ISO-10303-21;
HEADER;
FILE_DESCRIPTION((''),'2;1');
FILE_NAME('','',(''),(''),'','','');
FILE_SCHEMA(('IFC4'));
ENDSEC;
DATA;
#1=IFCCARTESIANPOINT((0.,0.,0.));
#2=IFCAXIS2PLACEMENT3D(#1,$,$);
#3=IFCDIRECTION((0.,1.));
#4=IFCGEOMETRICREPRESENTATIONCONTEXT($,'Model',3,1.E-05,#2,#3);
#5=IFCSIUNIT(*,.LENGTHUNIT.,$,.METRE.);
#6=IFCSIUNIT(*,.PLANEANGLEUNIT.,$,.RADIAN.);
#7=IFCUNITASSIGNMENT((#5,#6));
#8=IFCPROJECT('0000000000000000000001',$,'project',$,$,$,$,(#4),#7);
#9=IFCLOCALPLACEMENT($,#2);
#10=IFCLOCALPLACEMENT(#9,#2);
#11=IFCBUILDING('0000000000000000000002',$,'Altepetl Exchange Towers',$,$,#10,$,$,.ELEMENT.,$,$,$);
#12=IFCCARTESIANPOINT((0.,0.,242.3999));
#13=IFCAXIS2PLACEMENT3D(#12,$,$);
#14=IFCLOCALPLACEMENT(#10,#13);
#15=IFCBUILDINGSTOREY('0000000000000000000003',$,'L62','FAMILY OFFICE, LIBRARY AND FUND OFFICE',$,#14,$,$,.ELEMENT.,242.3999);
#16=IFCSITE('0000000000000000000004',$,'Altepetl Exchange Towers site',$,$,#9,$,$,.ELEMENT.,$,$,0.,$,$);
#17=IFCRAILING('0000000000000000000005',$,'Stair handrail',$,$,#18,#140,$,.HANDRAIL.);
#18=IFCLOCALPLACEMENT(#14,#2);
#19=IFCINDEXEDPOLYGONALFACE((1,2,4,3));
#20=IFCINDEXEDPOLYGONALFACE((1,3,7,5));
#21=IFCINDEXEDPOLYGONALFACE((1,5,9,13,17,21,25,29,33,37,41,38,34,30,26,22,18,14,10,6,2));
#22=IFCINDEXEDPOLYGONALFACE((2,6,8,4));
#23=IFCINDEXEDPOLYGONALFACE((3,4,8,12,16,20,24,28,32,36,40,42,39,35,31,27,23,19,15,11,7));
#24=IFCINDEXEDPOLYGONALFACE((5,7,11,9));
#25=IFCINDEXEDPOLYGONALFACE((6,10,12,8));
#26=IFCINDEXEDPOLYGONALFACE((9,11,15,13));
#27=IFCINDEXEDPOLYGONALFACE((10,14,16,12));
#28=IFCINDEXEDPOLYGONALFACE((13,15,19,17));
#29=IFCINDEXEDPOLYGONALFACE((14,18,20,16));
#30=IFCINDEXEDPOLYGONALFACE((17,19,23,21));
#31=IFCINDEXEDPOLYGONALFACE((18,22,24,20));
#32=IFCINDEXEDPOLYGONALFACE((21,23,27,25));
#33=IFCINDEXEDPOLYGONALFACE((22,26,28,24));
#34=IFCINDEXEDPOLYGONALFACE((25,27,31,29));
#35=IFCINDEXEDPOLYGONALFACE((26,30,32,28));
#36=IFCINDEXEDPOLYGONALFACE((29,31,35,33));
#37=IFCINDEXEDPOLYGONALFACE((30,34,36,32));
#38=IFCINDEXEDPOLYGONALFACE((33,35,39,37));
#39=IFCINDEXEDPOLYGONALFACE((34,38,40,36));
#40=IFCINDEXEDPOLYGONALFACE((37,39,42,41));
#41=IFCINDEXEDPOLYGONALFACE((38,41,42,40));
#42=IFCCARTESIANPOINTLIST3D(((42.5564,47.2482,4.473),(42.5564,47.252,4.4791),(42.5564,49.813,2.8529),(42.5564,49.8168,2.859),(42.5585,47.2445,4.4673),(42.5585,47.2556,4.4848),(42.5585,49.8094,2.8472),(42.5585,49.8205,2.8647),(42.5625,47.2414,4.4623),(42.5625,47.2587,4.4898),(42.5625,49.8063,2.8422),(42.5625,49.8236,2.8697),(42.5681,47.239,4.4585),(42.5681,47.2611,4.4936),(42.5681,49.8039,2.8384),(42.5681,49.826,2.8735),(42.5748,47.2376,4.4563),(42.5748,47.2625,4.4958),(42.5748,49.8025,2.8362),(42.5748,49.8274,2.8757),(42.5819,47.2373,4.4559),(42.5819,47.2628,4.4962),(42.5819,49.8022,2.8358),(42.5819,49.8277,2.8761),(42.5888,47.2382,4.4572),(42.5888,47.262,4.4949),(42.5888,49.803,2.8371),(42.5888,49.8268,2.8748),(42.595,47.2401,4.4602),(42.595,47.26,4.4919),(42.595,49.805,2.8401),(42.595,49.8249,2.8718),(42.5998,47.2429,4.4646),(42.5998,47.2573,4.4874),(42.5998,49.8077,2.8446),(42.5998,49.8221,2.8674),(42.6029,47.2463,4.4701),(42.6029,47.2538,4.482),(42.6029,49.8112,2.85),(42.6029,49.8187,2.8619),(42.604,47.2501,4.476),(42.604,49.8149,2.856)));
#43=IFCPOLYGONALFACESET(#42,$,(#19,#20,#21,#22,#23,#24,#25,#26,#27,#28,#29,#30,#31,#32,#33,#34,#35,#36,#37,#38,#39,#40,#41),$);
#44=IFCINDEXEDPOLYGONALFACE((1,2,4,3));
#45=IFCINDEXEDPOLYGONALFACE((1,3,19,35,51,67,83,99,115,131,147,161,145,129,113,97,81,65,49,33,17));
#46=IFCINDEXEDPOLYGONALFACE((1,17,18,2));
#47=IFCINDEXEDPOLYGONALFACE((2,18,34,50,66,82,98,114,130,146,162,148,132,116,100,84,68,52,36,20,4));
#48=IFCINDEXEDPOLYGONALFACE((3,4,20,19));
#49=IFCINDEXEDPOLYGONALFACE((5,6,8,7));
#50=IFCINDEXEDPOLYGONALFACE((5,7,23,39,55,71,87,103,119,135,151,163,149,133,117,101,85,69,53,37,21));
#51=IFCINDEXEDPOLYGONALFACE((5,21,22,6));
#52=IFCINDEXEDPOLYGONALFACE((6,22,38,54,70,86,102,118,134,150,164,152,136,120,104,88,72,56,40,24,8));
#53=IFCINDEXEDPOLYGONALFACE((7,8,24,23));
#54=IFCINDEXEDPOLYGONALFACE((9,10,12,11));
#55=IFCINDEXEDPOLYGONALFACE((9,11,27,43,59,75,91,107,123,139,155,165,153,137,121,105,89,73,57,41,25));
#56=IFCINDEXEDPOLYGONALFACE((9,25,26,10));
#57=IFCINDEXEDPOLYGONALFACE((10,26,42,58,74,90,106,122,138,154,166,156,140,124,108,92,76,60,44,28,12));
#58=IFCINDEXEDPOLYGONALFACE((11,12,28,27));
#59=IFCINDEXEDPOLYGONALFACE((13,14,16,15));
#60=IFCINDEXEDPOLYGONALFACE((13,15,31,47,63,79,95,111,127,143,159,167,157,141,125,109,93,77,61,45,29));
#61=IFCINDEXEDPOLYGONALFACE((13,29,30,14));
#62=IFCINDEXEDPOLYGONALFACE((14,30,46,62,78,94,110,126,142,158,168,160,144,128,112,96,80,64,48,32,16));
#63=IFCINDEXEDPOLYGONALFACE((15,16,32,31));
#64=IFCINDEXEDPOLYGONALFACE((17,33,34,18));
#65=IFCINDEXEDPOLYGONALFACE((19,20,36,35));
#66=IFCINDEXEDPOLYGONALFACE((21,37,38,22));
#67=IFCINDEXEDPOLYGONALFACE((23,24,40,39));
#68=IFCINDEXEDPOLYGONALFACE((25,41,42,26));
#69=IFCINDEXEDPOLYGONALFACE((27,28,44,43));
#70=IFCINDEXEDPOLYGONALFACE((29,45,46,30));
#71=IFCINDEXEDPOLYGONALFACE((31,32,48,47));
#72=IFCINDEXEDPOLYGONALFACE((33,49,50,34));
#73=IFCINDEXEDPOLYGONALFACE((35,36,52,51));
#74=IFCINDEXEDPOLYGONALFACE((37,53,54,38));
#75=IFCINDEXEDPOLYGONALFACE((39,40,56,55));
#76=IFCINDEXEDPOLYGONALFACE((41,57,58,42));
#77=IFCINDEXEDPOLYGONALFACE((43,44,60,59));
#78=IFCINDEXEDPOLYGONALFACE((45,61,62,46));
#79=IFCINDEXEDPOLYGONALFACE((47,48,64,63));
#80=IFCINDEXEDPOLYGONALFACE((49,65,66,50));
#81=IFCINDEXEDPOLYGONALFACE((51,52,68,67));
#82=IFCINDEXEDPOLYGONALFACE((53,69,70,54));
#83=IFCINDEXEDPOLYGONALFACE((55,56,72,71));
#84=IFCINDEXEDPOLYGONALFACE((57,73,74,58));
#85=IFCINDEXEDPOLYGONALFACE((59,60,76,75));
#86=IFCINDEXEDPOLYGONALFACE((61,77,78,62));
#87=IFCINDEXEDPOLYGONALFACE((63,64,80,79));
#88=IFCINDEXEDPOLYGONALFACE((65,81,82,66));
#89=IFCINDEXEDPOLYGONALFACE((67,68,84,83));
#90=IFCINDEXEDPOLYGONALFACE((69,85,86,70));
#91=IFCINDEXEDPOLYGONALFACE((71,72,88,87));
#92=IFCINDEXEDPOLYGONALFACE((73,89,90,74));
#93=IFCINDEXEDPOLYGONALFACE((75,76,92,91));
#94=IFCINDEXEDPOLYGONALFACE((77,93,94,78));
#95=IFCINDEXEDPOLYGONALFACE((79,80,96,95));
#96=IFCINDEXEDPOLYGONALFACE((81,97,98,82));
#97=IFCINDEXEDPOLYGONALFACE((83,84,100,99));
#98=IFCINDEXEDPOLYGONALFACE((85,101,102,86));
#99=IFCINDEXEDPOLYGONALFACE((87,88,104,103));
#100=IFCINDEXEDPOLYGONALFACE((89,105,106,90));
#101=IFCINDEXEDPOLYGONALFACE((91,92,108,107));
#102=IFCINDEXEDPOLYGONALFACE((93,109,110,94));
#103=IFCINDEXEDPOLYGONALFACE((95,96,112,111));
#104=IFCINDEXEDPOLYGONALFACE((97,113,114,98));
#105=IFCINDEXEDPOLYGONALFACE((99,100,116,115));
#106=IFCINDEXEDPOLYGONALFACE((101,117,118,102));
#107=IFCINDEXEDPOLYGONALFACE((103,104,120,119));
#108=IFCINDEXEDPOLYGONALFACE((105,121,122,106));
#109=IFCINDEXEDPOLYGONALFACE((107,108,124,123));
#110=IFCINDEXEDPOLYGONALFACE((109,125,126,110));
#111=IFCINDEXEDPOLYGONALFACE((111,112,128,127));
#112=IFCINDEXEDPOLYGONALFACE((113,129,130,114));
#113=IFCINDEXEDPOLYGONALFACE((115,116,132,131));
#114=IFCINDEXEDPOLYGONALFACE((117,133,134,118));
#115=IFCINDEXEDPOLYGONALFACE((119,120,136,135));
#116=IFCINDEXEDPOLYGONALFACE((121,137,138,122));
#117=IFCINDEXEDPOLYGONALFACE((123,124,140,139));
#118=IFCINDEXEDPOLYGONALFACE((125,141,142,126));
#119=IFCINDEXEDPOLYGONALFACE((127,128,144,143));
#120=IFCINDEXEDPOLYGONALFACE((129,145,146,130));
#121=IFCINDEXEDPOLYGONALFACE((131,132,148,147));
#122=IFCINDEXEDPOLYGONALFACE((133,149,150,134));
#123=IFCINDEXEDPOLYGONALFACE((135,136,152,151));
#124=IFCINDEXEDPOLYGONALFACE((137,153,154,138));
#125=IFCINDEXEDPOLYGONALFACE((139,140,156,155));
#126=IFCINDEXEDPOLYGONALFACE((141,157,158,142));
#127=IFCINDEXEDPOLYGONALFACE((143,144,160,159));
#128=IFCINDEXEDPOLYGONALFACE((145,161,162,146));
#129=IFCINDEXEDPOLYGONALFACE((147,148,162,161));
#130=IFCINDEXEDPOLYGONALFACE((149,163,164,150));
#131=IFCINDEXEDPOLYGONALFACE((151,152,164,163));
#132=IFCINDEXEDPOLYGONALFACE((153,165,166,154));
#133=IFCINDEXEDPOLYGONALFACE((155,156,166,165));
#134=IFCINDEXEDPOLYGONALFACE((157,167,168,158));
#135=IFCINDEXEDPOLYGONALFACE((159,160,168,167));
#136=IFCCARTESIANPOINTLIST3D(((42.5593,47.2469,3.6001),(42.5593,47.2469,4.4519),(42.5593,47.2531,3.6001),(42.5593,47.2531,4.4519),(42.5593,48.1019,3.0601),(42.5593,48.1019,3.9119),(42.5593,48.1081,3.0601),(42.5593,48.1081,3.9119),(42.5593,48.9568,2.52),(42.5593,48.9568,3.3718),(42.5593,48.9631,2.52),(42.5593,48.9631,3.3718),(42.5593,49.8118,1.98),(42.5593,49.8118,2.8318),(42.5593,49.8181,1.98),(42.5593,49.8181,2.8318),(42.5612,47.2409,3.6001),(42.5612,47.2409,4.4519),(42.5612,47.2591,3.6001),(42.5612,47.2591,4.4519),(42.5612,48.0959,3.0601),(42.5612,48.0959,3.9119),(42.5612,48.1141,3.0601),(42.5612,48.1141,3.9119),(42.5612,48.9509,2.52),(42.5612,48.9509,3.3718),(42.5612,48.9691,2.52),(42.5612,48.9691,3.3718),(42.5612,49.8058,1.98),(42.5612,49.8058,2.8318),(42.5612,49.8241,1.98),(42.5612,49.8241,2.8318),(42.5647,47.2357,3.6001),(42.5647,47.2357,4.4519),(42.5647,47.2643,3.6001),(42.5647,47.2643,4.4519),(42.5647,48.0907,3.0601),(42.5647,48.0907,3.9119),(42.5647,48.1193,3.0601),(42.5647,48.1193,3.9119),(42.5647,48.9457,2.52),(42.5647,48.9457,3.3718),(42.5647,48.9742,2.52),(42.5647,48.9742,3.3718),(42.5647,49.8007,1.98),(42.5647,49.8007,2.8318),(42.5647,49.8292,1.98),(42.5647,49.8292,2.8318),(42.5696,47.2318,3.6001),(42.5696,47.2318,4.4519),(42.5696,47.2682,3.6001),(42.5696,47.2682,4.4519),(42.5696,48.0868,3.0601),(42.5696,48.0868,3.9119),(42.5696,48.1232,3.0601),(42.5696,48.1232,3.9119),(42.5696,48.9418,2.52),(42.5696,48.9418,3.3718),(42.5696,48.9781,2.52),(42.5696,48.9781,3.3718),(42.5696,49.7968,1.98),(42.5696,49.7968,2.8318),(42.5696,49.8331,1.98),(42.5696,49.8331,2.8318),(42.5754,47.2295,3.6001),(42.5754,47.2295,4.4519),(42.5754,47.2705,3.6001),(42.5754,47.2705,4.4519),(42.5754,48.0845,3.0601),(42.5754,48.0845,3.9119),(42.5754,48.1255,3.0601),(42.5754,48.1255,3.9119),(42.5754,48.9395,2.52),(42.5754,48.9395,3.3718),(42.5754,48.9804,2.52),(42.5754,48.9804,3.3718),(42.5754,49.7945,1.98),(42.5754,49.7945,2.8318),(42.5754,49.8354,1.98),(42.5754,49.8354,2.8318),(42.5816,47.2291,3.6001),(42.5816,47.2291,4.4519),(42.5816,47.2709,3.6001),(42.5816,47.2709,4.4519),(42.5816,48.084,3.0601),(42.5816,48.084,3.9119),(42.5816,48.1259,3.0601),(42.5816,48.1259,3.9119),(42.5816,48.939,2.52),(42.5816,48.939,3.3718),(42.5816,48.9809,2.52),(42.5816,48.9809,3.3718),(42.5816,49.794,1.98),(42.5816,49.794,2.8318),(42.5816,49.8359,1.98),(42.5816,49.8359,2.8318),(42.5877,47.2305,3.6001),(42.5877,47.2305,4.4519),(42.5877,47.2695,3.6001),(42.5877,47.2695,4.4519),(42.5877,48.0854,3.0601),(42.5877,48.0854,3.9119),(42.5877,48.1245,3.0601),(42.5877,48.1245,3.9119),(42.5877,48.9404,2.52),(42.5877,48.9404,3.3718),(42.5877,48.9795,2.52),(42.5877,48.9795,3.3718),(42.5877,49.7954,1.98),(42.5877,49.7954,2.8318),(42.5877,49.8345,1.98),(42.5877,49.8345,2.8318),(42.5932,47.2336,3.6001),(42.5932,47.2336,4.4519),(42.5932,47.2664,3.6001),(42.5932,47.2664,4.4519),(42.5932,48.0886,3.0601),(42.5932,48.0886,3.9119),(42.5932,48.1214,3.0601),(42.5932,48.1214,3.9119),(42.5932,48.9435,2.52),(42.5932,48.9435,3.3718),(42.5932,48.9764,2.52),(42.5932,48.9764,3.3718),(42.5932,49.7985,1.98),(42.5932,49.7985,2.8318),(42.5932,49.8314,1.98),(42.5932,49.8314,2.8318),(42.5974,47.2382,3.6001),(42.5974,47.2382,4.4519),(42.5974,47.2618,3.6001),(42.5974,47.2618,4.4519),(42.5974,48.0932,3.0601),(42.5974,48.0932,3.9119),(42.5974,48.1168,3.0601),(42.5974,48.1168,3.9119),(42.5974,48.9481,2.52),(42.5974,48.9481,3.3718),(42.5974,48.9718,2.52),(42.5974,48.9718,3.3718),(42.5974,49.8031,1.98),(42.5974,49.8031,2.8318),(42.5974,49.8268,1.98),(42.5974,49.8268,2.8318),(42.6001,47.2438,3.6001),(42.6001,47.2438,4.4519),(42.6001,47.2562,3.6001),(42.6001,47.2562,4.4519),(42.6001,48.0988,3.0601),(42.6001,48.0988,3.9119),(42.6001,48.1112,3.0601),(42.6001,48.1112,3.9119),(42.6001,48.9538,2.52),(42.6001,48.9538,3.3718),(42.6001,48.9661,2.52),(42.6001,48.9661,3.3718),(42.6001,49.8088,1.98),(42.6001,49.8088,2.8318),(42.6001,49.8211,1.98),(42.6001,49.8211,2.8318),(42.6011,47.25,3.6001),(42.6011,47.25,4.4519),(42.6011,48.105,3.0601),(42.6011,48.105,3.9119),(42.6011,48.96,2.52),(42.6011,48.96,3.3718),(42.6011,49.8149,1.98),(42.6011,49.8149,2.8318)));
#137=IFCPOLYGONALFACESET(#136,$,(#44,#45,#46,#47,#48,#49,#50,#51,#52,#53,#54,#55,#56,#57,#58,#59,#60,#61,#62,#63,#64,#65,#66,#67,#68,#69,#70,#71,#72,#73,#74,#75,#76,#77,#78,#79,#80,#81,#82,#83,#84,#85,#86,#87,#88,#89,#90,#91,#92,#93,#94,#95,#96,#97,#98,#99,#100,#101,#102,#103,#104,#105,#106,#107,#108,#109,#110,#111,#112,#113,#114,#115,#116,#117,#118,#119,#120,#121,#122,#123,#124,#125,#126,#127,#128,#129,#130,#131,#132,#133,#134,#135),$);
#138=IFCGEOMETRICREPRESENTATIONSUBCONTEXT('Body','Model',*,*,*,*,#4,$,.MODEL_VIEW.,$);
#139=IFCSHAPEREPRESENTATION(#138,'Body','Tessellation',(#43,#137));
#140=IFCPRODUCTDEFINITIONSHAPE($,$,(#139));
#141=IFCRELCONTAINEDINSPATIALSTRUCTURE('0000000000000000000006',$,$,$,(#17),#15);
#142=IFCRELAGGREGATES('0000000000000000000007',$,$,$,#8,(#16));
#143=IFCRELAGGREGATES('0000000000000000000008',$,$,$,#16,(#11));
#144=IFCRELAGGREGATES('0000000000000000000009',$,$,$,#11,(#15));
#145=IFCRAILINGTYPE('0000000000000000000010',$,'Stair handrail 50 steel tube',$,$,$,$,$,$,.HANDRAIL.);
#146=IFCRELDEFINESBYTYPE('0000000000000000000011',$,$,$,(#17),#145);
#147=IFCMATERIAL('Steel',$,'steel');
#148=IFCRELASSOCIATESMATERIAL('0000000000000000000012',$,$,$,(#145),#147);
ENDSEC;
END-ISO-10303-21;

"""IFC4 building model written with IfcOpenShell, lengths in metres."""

from ifc_helpers import new_model, si_unit, direction, frame, origin, origin_2d, place, context, subcontext, project, spatial, circle, extrude, source, transform, mapped, material, type_object, element, save


model = new_model("IFC4")

# Units and contexts
model_context = context("Model", 3, precision=1e-05, world=origin(), true_north=direction((0.0, 1.0)))
body_context = subcontext(model_context, "Body", "Model", "MODEL_VIEW")
ifc_project = project(units=[si_unit("LENGTHUNIT", "METRE"), si_unit("PLANEANGLEUNIT", "RADIAN")], contexts=[model_context])

# Site, building, storey
site_placement = place(None, origin())
site = spatial("IfcSite", under=ifc_project, at=site_placement, Name="Altepetl Exchange Towers site", CompositionType="ELEMENT", RefElevation=0.0)
building_placement = place(site_placement, origin())
building = spatial("IfcBuilding", under=site, at=building_placement, Name="Altepetl Exchange Towers", CompositionType="ELEMENT")
storey_placement = place(building_placement, frame((0.0, 0.0, 242.3999)))
storey = spatial("IfcBuildingStorey", under=building, at=storey_placement, Name="L62", Description="FAMILY OFFICE, LIBRARY AND FUND OFFICE", CompositionType="ELEMENT", Elevation=242.3999)

# Railing
ifc_material_1 = material(Name="Steel", Category="steel")
railing_type = type_object("IfcRailingType", Name="Stair handrail 50 steel tube", PredefinedType="HANDRAIL", material=ifc_material_1)
shared_shape = source(origin(), body_context, "Body", "SweptSolid", [
    extrude(circle(Radius=0.021, at=origin_2d()), origin(), (0.0, 0.0, 1.0), 0.8518),
])
railing_1_placement = place(storey_placement, frame((42.5801, 49.8149, 1.98)))
element("IfcRailing", 1, at=railing_1_placement, inside=storey, type_object=railing_type, Name="Stair handrail", PredefinedType="HANDRAIL", context=body_context, shape_type="SweptSolid", body=[
    extrude(circle(Radius=0.0239, at=origin_2d()), frame((0.0, 0.0, 0.876), z_axis=(0.0, -0.845466, 0.534029), x_axis=(1.0, 0.0, 0.0)), (0.0, 0.0, 1.0), 3.0337),
    mapped(shared_shape, transform((0.0, 0.0, 0.0))),
    mapped(shared_shape, transform((0.0, -0.855, 0.54))),
    mapped(shared_shape, transform((0.0, -1.71, 1.0801))),
    mapped(shared_shape, transform((0.0, -2.5649, 1.6201))),
])

save(model, "model.ifc")
